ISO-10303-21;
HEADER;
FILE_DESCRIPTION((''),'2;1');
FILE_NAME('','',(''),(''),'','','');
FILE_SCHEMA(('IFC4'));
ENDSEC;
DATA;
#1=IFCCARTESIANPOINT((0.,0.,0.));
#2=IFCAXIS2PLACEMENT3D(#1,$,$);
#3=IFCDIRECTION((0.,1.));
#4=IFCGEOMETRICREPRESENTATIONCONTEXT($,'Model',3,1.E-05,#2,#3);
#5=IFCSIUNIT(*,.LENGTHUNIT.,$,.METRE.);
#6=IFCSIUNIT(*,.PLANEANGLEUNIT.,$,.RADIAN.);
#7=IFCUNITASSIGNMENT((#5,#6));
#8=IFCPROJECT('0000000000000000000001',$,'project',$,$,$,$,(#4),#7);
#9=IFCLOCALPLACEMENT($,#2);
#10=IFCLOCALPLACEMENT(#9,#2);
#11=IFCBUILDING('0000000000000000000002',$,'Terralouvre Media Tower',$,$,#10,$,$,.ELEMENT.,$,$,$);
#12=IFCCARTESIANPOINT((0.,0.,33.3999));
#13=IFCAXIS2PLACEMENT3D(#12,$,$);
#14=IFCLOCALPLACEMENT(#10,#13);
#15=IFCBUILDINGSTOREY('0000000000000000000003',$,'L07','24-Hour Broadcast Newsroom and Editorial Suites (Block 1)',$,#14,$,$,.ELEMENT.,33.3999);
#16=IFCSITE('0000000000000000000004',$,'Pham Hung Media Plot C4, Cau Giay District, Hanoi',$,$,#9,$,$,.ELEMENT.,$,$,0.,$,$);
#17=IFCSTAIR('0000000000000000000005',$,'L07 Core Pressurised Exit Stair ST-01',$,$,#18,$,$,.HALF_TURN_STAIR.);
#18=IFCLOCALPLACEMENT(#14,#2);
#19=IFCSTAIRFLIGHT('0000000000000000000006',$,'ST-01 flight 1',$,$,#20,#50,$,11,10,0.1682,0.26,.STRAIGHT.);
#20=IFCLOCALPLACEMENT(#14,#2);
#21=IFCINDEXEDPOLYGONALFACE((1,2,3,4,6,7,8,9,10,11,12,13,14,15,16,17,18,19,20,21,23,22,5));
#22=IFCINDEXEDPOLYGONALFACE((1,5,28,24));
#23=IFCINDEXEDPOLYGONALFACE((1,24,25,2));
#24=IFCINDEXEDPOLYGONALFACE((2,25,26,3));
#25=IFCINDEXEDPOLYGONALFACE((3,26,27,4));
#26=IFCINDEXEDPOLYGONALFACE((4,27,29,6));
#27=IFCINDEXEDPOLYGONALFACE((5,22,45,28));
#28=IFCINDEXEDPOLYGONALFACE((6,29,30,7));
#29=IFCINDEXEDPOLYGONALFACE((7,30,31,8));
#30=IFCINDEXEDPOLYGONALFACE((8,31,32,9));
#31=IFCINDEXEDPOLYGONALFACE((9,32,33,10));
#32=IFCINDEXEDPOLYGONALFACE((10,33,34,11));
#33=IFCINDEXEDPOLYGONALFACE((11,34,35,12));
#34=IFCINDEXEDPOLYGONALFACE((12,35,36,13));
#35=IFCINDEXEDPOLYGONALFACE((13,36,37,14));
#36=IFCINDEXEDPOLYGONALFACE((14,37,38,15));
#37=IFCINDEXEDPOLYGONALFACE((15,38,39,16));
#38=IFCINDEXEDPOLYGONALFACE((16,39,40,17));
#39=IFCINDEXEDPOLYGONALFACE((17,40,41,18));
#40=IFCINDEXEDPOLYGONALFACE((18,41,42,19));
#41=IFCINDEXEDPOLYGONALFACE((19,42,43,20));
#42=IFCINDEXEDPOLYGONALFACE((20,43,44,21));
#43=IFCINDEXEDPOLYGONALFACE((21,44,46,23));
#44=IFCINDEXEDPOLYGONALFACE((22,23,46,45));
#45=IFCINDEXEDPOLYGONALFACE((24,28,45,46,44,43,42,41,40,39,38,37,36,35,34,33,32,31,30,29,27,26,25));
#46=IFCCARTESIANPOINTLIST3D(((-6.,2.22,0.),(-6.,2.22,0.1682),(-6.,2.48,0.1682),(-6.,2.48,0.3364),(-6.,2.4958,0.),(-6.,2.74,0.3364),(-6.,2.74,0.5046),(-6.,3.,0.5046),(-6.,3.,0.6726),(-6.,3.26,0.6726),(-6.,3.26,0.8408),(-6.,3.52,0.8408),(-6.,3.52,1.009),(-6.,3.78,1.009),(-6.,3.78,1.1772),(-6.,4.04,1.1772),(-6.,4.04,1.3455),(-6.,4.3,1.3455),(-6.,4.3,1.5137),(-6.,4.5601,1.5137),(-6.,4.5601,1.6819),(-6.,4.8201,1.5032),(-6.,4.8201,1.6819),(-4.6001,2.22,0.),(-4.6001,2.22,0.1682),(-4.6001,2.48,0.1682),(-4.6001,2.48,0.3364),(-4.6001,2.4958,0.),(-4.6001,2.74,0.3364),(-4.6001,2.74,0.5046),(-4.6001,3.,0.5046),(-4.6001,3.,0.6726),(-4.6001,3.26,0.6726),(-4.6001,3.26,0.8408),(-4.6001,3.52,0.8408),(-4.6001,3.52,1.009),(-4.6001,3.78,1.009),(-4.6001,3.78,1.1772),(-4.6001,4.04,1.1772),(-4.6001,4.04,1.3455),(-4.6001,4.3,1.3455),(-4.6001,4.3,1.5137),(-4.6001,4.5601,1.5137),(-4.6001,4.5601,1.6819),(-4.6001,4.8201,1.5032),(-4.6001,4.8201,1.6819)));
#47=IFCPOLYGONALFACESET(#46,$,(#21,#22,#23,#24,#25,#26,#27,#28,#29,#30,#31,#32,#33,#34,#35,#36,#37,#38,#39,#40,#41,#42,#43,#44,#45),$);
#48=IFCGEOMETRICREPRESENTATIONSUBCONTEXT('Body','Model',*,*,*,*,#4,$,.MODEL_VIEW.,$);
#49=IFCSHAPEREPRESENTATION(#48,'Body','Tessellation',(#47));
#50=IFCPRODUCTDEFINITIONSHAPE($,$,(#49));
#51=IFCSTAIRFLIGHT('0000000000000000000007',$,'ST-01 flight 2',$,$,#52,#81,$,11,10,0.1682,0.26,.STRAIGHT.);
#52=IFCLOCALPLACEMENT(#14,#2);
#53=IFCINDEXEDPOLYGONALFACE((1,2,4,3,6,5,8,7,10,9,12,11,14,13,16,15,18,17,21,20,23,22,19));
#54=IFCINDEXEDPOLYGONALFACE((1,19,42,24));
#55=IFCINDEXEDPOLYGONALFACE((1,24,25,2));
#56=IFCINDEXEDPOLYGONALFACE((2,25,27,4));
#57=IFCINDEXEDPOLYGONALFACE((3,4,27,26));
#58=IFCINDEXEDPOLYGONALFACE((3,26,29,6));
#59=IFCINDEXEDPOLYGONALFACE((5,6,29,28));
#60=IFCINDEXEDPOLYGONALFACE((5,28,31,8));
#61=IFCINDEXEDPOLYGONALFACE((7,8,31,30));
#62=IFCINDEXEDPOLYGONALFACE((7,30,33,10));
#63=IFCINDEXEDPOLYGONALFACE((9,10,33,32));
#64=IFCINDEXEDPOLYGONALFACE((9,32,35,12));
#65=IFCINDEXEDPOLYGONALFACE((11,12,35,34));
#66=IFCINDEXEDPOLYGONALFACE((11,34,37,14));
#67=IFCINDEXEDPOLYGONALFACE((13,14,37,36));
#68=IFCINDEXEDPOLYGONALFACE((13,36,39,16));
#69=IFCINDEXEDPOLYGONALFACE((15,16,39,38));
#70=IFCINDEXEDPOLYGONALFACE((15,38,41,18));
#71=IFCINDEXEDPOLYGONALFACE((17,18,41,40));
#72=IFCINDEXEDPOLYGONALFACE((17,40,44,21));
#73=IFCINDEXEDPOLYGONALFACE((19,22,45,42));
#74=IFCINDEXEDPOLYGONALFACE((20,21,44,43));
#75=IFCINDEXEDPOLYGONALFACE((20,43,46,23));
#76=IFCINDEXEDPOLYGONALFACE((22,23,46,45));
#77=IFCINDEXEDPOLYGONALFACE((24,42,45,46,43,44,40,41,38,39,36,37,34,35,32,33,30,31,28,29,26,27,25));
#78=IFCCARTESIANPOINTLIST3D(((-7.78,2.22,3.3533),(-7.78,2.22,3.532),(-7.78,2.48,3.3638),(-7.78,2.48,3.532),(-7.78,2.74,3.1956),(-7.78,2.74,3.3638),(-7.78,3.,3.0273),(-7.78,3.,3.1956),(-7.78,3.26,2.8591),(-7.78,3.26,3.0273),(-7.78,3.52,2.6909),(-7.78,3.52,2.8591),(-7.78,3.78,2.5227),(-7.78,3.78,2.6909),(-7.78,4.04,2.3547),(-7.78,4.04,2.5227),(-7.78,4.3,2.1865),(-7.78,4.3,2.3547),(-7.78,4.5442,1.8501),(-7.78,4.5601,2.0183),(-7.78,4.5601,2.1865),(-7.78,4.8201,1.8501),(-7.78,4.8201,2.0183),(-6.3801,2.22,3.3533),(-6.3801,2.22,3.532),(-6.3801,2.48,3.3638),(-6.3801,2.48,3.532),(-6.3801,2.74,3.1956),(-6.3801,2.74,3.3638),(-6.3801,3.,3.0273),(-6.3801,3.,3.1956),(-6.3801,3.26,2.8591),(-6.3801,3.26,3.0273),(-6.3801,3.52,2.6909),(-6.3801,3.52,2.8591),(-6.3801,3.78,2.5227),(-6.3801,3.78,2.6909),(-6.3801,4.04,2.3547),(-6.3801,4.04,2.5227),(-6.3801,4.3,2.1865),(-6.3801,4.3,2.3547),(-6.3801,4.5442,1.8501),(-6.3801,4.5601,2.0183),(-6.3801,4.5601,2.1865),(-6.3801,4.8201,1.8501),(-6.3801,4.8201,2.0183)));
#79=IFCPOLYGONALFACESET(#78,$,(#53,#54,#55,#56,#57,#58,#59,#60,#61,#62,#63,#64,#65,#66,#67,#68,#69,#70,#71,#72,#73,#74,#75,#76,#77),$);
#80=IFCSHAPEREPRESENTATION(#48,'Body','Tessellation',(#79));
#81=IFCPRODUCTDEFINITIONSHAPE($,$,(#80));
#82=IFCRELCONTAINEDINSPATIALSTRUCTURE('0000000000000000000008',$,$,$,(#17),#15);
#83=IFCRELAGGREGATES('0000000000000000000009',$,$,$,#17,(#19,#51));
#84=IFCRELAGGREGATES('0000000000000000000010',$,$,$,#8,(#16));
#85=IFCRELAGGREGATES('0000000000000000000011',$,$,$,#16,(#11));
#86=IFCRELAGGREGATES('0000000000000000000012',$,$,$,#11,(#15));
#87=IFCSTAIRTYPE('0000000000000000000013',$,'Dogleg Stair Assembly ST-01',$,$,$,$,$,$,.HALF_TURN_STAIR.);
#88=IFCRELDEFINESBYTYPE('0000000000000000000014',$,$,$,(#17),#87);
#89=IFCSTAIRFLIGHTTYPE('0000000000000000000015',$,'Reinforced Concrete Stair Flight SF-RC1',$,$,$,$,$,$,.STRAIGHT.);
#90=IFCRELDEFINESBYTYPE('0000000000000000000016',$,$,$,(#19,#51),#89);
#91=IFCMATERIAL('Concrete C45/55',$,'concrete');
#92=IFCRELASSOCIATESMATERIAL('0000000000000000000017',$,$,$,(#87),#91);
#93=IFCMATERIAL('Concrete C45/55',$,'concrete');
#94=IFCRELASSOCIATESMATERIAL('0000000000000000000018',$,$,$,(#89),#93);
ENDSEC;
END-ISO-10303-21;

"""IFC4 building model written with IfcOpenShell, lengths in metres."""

from ifc_helpers import new_model, si_unit, direction, frame, origin, place, context, subcontext, project, spatial, polyline, outline, extrude, material, type_object, element, aggregate, save


model = new_model("IFC4")

# Units and contexts
model_context = context("Model", 3, precision=1e-05, world=origin(), true_north=direction((0.0, 1.0)))
body_context = subcontext(model_context, "Body", "Model", "MODEL_VIEW")
ifc_project = project(units=[si_unit("LENGTHUNIT", "METRE"), si_unit("PLANEANGLEUNIT", "RADIAN")], contexts=[model_context])

# Site, building, storey
site_placement = place(None, origin())
site = spatial("IfcSite", under=ifc_project, at=site_placement, Name="Pham Hung Media Plot C4, Cau Giay District, Hanoi", CompositionType="ELEMENT", RefElevation=0.0)
building_placement = place(site_placement, origin())
building = spatial("IfcBuilding", under=site, at=building_placement, Name="Terralouvre Media Tower", CompositionType="ELEMENT")
storey_placement = place(building_placement, frame((0.0, 0.0, 33.3999)))
storey = spatial("IfcBuildingStorey", under=building, at=storey_placement, Name="L07", Description="24-Hour Broadcast Newsroom and Editorial Suites (Block 1)", CompositionType="ELEMENT", Elevation=33.3999)

# Stair, stair flights
ifc_material_1 = material(Name="Concrete C45/55", Category="concrete")
stair_type = type_object("IfcStairType", Name="Dogleg Stair Assembly ST-01", PredefinedType="HALF_TURN_STAIR", material=ifc_material_1)
stair_placement = place(storey_placement, origin())
stair = element("IfcStair", 1, at=stair_placement, inside=storey, type_object=stair_type, Name="L07 Core Pressurised Exit Stair ST-01", PredefinedType="HALF_TURN_STAIR")
ifc_material_2 = material(Name="Concrete C45/55", Category="concrete")
stair_flight_type = type_object("IfcStairFlightType", Name="Reinforced Concrete Stair Flight SF-RC1", PredefinedType="STRAIGHT", material=ifc_material_2)
stair_flight_1_placement = place(storey_placement, frame((-5.3, 2.22, 0.0), z_axis=(0.0, 0.0, 1.0), x_axis=(0.0, 1.0, 0.0)))
stair_flight_1 = element("IfcStairFlight", 2, at=stair_flight_1_placement, type_object=stair_flight_type, Name="ST-01 flight 1", NumberOfRisers=11, NumberOfTreads=10, PredefinedType="STRAIGHT", RiserHeight=0.1682, TreadLength=0.26, context=body_context, shape_type="SweptSolid", body=[
    extrude(outline(polyline([(0.0, 0.0), (0.0, 0.1682), (0.26, 0.1682), (0.26, 0.3364), (0.52, 0.3364), (0.52, 0.5046), (0.78, 0.5046), (0.78, 0.6726), (1.04, 0.6726), (1.04, 0.8408), (1.3, 0.8408), (1.3, 1.009), (1.5601, 1.009), (1.5601, 1.1772), (1.8201, 1.1772), (1.8201, 1.3455), (2.0801, 1.3455), (2.0801, 1.5137), (2.3401, 1.5137), (2.3401, 1.6819), (2.6001, 1.6819), (2.6001, 1.8501), (2.6001, 1.5032), (0.2759, 0.0), (0.0, 0.0)])), frame((0.0, 0.7, 0.0), z_axis=(0.0, -1.0, 0.0), x_axis=(1.0, 0.0, 0.0)), (0.0, 0.0, 1.0), 1.3999),
])
stair_flight_2_placement = place(storey_placement, frame((-7.0801, 4.8201, 1.8501), z_axis=(0.0, 0.0, 1.0), x_axis=(0.0, -1.0, 0.0)))
stair_flight_2 = element("IfcStairFlight", 3, at=stair_flight_2_placement, type_object=stair_flight_type, Name="ST-01 flight 2", NumberOfRisers=11, NumberOfTreads=10, PredefinedType="STRAIGHT", RiserHeight=0.1682, TreadLength=0.26, context=body_context, shape_type="SweptSolid", body=[
    extrude(outline(polyline([(0.0, 0.0), (0.0, 0.1682), (0.26, 0.1682), (0.26, 0.3364), (0.52, 0.3364), (0.52, 0.5046), (0.78, 0.5046), (0.78, 0.6726), (1.04, 0.6726), (1.04, 0.8408), (1.3, 0.8408), (1.3, 1.009), (1.5601, 1.009), (1.5601, 1.1772), (1.8201, 1.1772), (1.8201, 1.3455), (2.0801, 1.3455), (2.0801, 1.5137), (2.3401, 1.5137), (2.3401, 1.6819), (2.6001, 1.6819), (2.6001, 1.8501), (2.6001, 1.5032), (0.2759, 0.0), (0.0, 0.0)])), frame((0.0, 0.7, 0.0), z_axis=(0.0, -1.0, 0.0), x_axis=(1.0, 0.0, 0.0)), (0.0, 0.0, 1.0), 1.3999),
])
aggregate(stair, [stair_flight_1, stair_flight_2])

save(model, "model.ifc")
